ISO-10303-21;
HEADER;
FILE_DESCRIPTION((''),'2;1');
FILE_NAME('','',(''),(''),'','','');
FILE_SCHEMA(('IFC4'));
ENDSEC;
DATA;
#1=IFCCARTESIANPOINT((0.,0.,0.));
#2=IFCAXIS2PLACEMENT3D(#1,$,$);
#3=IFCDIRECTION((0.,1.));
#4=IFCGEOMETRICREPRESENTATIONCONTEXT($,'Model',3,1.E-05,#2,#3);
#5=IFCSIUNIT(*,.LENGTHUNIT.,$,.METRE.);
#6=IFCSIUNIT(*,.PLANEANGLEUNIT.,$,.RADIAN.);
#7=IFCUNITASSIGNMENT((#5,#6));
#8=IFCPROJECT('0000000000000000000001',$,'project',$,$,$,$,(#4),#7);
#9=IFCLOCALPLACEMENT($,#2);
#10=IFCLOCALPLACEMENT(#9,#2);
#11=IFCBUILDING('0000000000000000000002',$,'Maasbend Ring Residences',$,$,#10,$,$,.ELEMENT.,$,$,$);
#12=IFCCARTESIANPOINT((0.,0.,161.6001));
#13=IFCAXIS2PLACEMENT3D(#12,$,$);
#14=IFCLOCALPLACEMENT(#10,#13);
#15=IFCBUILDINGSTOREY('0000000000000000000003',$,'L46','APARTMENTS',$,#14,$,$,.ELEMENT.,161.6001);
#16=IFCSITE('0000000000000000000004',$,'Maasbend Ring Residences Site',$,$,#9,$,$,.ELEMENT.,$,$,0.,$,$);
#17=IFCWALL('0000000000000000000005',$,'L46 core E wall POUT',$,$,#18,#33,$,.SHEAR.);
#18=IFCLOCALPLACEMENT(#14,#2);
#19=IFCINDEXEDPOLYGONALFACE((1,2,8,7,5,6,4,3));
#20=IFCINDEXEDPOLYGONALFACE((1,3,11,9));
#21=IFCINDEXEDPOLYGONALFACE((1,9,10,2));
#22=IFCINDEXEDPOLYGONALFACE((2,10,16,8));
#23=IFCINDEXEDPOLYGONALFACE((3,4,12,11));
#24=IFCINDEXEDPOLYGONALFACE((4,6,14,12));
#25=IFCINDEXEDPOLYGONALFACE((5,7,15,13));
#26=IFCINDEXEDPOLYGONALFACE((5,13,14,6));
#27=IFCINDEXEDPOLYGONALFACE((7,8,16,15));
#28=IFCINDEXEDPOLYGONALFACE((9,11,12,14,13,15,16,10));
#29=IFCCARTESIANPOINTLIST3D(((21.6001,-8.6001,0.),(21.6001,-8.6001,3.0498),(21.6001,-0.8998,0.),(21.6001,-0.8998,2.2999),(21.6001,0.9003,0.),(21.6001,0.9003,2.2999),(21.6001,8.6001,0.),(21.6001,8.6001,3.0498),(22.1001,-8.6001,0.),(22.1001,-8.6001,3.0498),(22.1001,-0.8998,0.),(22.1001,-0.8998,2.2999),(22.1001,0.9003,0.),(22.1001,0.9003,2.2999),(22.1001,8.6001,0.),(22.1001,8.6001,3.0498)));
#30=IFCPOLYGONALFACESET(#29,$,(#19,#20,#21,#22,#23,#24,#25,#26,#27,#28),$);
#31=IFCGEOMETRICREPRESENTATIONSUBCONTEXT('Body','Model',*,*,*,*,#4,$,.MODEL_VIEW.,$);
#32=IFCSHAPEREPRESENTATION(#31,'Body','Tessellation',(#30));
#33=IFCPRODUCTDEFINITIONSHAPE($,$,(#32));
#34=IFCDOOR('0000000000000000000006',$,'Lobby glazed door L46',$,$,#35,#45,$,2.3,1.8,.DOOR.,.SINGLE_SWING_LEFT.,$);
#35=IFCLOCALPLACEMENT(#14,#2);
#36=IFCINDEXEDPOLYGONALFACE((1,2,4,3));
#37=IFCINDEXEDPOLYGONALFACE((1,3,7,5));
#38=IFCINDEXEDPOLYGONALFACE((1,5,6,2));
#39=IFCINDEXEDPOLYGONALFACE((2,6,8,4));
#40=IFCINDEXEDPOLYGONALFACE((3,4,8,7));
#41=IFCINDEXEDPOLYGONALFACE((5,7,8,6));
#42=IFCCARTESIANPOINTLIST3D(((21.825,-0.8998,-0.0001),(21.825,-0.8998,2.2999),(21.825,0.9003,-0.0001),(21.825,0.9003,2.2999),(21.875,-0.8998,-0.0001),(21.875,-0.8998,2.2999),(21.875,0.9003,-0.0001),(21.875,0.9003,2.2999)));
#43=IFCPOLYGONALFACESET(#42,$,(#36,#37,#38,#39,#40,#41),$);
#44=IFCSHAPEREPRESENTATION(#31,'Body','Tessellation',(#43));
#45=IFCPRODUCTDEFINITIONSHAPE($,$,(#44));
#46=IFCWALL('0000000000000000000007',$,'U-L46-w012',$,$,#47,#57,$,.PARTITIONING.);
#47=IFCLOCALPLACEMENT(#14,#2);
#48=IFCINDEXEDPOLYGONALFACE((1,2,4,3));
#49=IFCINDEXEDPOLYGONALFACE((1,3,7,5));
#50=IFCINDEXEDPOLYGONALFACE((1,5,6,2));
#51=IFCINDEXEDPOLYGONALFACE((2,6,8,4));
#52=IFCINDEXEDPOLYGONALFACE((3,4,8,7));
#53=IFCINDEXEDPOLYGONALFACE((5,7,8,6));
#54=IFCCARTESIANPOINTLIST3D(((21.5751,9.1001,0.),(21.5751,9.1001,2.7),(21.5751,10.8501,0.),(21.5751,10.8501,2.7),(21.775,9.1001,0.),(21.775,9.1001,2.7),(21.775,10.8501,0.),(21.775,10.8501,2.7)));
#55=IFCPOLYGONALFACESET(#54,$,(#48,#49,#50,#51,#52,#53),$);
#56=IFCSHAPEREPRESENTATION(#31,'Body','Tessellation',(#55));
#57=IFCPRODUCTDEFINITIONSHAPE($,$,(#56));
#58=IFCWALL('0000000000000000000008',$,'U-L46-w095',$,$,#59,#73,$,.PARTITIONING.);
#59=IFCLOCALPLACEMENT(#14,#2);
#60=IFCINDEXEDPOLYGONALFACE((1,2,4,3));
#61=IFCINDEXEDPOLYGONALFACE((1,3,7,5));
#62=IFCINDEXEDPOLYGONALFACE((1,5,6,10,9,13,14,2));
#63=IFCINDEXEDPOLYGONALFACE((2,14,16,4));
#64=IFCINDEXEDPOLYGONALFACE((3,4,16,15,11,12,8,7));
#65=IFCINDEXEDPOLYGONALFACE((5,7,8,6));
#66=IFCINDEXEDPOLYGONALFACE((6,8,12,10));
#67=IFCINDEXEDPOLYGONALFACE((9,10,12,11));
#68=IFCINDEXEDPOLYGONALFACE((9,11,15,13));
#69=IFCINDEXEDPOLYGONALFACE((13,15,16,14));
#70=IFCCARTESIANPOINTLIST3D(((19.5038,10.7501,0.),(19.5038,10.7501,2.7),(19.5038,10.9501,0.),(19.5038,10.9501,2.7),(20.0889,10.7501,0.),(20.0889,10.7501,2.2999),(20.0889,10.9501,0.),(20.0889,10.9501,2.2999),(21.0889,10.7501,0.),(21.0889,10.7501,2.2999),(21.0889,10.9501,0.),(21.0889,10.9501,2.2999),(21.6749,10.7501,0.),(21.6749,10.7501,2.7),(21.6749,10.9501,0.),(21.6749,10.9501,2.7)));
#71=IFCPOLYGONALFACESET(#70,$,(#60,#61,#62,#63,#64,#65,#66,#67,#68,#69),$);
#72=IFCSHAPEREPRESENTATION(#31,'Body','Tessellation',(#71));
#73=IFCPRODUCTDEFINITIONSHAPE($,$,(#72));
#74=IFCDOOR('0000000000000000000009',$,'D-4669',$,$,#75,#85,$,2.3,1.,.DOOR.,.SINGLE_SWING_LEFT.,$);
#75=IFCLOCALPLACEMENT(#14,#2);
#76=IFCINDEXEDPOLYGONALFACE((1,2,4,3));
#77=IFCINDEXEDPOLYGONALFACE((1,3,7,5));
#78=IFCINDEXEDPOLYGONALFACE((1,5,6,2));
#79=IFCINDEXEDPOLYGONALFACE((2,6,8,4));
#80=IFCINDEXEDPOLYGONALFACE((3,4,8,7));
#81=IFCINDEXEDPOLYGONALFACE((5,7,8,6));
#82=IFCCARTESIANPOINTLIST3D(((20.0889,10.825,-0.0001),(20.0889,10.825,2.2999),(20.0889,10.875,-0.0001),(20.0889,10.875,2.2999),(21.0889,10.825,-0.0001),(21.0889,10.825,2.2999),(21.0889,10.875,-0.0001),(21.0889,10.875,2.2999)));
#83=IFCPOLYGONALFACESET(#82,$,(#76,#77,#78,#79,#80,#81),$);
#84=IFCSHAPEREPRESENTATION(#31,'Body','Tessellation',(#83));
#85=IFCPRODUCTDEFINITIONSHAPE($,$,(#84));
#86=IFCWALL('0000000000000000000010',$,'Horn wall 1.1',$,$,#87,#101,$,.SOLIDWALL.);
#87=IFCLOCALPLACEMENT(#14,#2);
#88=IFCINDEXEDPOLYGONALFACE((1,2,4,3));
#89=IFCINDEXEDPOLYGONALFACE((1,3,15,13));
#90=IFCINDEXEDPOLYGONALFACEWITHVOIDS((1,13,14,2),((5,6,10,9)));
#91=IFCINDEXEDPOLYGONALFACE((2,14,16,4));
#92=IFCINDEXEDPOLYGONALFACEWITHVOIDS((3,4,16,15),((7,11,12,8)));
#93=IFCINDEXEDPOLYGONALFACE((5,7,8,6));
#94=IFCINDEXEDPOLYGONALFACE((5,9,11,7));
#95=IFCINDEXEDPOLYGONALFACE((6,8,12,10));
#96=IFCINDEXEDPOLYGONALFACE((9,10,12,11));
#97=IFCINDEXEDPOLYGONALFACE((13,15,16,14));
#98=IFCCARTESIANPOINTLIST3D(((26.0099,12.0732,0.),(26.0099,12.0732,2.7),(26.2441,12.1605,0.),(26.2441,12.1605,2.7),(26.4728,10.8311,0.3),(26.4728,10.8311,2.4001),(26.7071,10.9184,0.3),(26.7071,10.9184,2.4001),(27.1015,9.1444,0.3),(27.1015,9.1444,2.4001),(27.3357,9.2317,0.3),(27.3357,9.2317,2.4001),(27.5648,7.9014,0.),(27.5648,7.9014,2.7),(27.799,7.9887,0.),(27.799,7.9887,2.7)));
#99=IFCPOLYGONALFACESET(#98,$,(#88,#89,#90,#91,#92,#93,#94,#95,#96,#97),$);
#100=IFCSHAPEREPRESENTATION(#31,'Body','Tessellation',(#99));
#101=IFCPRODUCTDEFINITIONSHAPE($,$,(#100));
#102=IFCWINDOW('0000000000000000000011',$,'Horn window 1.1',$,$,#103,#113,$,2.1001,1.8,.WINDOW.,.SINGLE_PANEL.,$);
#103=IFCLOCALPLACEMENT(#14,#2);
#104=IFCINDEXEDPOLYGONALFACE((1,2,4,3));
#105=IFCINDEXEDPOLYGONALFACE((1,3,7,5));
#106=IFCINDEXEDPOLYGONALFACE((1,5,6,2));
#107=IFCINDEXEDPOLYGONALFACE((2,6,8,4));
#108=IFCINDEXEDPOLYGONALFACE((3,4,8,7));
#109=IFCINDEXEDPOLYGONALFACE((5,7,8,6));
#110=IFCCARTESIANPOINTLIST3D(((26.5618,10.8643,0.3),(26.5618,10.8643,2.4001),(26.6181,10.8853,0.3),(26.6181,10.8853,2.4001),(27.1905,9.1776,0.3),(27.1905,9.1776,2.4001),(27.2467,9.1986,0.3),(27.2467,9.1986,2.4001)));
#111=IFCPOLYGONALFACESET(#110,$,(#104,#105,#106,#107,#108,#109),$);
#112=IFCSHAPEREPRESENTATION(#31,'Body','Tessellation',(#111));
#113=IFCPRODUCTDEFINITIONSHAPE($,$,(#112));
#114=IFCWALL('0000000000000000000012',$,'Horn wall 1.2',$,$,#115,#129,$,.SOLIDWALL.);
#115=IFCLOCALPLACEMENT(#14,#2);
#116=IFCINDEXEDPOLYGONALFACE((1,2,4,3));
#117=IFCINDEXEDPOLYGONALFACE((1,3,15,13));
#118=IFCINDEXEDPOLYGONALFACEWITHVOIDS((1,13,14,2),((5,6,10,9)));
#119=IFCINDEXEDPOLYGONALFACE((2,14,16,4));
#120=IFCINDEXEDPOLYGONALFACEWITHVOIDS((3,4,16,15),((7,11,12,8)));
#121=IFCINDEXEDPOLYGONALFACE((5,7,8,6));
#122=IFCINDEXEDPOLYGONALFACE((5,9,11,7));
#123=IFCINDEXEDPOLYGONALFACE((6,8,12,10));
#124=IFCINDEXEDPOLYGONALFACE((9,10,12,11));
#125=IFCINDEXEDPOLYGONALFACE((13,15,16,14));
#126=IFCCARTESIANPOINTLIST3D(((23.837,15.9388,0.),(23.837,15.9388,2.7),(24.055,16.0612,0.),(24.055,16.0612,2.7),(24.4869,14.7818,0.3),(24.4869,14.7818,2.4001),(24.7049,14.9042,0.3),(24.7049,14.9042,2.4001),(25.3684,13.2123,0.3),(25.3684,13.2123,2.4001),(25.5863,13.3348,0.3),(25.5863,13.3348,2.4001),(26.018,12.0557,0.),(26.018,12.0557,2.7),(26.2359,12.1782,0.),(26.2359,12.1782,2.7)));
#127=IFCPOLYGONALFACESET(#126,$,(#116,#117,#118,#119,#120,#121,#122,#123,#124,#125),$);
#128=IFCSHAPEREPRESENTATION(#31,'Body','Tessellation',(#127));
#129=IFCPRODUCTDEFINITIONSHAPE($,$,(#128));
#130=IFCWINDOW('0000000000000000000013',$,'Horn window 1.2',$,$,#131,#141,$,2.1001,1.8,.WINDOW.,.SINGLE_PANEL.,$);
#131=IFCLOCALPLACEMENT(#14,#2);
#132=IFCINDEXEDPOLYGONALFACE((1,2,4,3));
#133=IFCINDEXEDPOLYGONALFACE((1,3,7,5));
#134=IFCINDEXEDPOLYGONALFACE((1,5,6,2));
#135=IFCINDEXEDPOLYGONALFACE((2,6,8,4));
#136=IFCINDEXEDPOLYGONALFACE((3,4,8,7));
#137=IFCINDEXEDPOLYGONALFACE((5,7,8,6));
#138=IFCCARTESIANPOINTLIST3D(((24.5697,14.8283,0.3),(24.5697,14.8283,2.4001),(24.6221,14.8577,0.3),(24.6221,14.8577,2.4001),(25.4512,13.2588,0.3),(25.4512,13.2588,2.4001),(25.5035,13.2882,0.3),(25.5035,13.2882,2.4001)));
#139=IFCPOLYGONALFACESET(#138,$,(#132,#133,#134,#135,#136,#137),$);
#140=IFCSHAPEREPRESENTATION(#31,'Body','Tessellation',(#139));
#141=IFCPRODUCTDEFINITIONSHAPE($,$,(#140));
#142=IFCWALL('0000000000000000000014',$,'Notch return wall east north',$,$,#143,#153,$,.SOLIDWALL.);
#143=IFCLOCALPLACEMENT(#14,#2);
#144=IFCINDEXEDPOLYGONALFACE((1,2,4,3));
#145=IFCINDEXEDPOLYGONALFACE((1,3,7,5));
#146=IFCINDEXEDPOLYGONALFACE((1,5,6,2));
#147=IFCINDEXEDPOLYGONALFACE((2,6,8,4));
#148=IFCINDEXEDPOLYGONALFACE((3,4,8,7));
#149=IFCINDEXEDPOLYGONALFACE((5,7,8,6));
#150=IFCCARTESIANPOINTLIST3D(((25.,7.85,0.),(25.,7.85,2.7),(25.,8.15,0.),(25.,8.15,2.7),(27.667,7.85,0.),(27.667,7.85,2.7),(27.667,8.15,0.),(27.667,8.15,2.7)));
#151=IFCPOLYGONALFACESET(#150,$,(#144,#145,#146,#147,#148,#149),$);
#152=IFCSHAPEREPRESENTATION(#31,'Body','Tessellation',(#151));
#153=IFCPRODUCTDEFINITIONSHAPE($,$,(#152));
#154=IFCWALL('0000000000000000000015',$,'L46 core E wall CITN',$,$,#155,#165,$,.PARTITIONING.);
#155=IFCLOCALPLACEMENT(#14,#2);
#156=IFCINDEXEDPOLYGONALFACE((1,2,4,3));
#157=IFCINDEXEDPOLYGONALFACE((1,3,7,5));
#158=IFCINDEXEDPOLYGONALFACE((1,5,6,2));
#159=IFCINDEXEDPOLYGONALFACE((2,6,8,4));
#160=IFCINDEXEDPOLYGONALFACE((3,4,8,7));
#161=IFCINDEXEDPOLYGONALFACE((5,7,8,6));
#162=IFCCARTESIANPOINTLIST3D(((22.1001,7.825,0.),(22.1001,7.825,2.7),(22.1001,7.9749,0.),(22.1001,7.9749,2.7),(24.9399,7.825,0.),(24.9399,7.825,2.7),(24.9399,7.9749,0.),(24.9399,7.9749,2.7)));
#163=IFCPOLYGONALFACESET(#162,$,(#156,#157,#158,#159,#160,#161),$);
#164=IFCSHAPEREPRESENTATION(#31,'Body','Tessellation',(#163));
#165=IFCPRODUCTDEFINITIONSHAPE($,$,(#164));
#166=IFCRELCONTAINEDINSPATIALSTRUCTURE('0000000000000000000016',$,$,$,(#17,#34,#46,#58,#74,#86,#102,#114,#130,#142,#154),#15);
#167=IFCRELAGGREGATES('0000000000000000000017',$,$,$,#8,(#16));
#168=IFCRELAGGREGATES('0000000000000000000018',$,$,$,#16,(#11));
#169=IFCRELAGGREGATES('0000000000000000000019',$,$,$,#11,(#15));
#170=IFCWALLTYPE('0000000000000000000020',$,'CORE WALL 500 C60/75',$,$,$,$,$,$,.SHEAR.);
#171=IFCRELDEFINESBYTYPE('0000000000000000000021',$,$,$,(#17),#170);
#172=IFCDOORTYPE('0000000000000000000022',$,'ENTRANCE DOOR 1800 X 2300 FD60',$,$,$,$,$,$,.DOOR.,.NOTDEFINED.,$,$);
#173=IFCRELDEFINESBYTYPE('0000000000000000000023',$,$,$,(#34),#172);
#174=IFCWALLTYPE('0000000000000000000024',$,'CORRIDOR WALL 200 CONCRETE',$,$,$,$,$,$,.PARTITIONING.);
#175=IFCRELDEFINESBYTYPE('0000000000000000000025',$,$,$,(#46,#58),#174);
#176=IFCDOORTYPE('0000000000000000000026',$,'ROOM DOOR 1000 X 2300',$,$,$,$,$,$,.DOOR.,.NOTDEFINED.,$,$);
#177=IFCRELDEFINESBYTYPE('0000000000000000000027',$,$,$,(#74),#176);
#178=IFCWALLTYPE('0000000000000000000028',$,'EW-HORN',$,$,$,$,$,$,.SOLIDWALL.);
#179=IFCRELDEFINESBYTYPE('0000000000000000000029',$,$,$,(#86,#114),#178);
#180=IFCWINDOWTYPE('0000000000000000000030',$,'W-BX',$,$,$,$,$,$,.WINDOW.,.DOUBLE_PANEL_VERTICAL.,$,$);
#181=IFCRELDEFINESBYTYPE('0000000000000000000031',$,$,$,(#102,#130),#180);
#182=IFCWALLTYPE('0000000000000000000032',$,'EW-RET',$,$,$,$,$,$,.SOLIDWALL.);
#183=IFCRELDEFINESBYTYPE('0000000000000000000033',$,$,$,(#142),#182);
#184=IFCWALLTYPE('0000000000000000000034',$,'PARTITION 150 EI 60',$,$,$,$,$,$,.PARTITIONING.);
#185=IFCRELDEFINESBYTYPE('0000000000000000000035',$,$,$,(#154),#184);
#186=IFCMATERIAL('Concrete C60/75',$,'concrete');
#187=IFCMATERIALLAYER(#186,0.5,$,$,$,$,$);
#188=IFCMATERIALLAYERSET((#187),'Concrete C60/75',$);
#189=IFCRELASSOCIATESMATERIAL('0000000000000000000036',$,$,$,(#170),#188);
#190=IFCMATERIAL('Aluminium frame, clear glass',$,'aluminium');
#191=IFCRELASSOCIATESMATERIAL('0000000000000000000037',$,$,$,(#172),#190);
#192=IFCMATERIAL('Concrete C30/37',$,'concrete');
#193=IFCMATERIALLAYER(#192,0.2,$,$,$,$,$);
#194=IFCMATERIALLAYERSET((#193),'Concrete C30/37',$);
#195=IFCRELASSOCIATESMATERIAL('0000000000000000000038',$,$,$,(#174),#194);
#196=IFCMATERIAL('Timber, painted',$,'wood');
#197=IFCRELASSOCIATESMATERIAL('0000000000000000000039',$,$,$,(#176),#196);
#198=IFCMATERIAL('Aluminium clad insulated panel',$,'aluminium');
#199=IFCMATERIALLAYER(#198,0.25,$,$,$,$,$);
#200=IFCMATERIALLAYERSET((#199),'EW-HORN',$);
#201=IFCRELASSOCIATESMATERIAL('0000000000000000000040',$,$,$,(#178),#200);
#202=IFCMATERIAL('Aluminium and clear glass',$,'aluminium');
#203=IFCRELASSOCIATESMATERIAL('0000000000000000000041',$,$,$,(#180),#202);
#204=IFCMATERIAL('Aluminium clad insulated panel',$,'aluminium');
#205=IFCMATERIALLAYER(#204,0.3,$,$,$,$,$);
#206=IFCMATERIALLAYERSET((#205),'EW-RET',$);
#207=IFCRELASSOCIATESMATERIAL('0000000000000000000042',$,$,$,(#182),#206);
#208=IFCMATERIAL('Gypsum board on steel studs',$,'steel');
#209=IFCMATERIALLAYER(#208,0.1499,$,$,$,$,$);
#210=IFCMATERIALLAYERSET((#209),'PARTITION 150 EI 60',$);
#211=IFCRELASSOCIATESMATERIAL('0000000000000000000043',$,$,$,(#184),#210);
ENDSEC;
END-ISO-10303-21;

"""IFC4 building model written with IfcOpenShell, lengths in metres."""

from ifc_helpers import new_model, si_unit, direction, frame, frame_2d, origin, place, context, subcontext, project, spatial, rectangle, extrude, material, layer, layer_set, type_object, element, fill, save


model = new_model("IFC4")

# Units and contexts
model_context = context("Model", 3, precision=1e-05, world=origin(), true_north=direction((0.0, 1.0)))
body_context = subcontext(model_context, "Body", "Model", "MODEL_VIEW")
ifc_project = project(units=[si_unit("LENGTHUNIT", "METRE"), si_unit("PLANEANGLEUNIT", "RADIAN")], contexts=[model_context])

# Site, building, storey
site_placement = place(None, origin())
site = spatial("IfcSite", under=ifc_project, at=site_placement, Name="Maasbend Ring Residences Site", CompositionType="ELEMENT", RefElevation=0.0)
building_placement = place(site_placement, origin())
building = spatial("IfcBuilding", under=site, at=building_placement, Name="Maasbend Ring Residences", CompositionType="ELEMENT")
storey_placement = place(building_placement, frame((0.0, 0.0, 161.6001)))
storey = spatial("IfcBuildingStorey", under=building, at=storey_placement, Name="L46", Description="APARTMENTS", CompositionType="ELEMENT", Elevation=161.6001)

# Wall, opening, door
ifc_material_1 = material(Name="Concrete C60/75", Category="concrete")
ifc_layer_1 = layer(ifc_material_1, 0.5)
ifc_layer_set_1 = layer_set([ifc_layer_1], Name="Concrete C60/75")
wall_type_1 = type_object("IfcWallType", Name="CORE WALL 500 C60/75", PredefinedType="SHEAR", material=ifc_layer_set_1)
wall_1_placement = place(storey_placement, frame((21.8501, 8.6001, 0.0), z_axis=(0.0, 0.0, 1.0), x_axis=(0.0, -1.0, 0.0)))
wall_1 = element("IfcWall", 1, at=wall_1_placement, inside=storey, type_object=wall_type_1, Name="L46 core E wall POUT", PredefinedType="SHEAR", context=body_context, shape_type="SweptSolid", body=[
    extrude(rectangle(XDim=17.2002, YDim=0.5, at=frame_2d((8.6001, 0.0))), origin(), (0.0, 0.0, 1.0), 3.0498),
])
opening_1_placement = place(wall_1_placement, frame((7.7, 0.0, 0.0)))
opening_1 = element("IfcOpeningElement", 2, at=opening_1_placement, cuts=wall_1, PredefinedType="OPENING", context=body_context, shape_type="SweptSolid", body=[
    extrude(rectangle(XDim=1.8, YDim=2.3, at=frame_2d((0.8999, 1.1499))), frame((0.0, 0.26, 0.0), z_axis=(0.0, -1.0, 0.0), x_axis=(1.0, 0.0, 0.0)), (0.0, 0.0, 1.0), 0.52),
])
ifc_material_2 = material(Name="Aluminium frame, clear glass", Category="aluminium")
door_type_1 = type_object("IfcDoorType", Name="ENTRANCE DOOR 1800 X 2300 FD60", OperationType="NOTDEFINED", PredefinedType="DOOR", material=ifc_material_2)
door_1_placement = place(opening_1_placement, origin())
door_1 = element("IfcDoor", 3, at=door_1_placement, inside=storey, type_object=door_type_1, Name="Lobby glazed door L46", OperationType="SINGLE_SWING_LEFT", OverallHeight=2.3, OverallWidth=1.8, PredefinedType="DOOR", context=body_context, shape_type="SweptSolid", body=[
    extrude(rectangle(XDim=1.8, YDim=2.3, at=frame_2d((0.8999, 1.1499))), frame((0.0, 0.0249, 0.0), z_axis=(0.0, -1.0, 0.0), x_axis=(1.0, 0.0, 0.0)), (0.0, 0.0, 1.0), 0.05),
])
fill(opening_1, door_1)

# Wall
ifc_material_3 = material(Name="Concrete C30/37", Category="concrete")
ifc_layer_2 = layer(ifc_material_3, 0.2)
ifc_layer_set_2 = layer_set([ifc_layer_2], Name="Concrete C30/37")
wall_type_2 = type_object("IfcWallType", Name="CORRIDOR WALL 200 CONCRETE", PredefinedType="PARTITIONING", material=ifc_layer_set_2)
wall_2_placement = place(storey_placement, frame((21.675, 9.1001, 0.0), z_axis=(0.0, 0.0, 1.0), x_axis=(0.0, 1.0, 0.0)))
element("IfcWall", 4, at=wall_2_placement, inside=storey, type_object=wall_type_2, Name="U-L46-w012", PredefinedType="PARTITIONING", context=body_context, shape_type="SweptSolid", body=[
    extrude(rectangle(XDim=1.75, YDim=0.2, at=frame_2d((0.875, 0.0))), origin(), (0.0, 0.0, 1.0), 2.7),
])

# Wall, opening, door
wall_3_placement = place(storey_placement, frame((19.5039, 10.8501, 0.0), z_axis=(0.0, 0.0, 1.0), x_axis=(1.0, 0.0, 0.0)))
wall_3 = element("IfcWall", 5, at=wall_3_placement, inside=storey, type_object=wall_type_2, Name="U-L46-w095", PredefinedType="PARTITIONING", context=body_context, shape_type="SweptSolid", body=[
    extrude(rectangle(XDim=2.1711, YDim=0.2, at=frame_2d((1.0854, 0.0))), origin(), (0.0, 0.0, 1.0), 2.7),
])
opening_2_placement = place(wall_3_placement, frame((0.585, 0.0, 0.0)))
opening_2 = element("IfcOpeningElement", 6, at=opening_2_placement, cuts=wall_3, PredefinedType="OPENING", context=body_context, shape_type="SweptSolid", body=[
    extrude(rectangle(XDim=1.0, YDim=2.3, at=frame_2d((0.5, 1.1499))), frame((0.0, 0.1099, 0.0), z_axis=(0.0, -1.0, 0.0), x_axis=(1.0, 0.0, 0.0)), (0.0, 0.0, 1.0), 0.22),
])
ifc_material_4 = material(Name="Timber, painted", Category="wood")
door_type_2 = type_object("IfcDoorType", Name="ROOM DOOR 1000 X 2300", OperationType="NOTDEFINED", PredefinedType="DOOR", material=ifc_material_4)
door_2_placement = place(opening_2_placement, origin())
door_2 = element("IfcDoor", 7, at=door_2_placement, inside=storey, type_object=door_type_2, Name="D-4669", OperationType="SINGLE_SWING_LEFT", OverallHeight=2.3, OverallWidth=1.0, PredefinedType="DOOR", context=body_context, shape_type="SweptSolid", body=[
    extrude(rectangle(XDim=1.0, YDim=2.3, at=frame_2d((0.5, 1.1499))), frame((0.0, 0.0249, 0.0), z_axis=(0.0, -1.0, 0.0), x_axis=(1.0, 0.0, 0.0)), (0.0, 0.0, 1.0), 0.05),
])
fill(opening_2, door_2)

# Walls, openings, windows
ifc_material_5 = material(Name="Aluminium clad insulated panel", Category="aluminium")
ifc_layer_3 = layer(ifc_material_5, 0.25)
ifc_layer_set_3 = layer_set([ifc_layer_3], Name="EW-HORN")
wall_type_3 = type_object("IfcWallType", Name="EW-HORN", PredefinedType="SOLIDWALL", material=ifc_layer_set_3)
wall_4_placement = place(storey_placement, frame((27.6819, 7.9451, 0.0), z_axis=(0.0, 0.0, 1.0), x_axis=(-0.349248, 0.93703, 0.0)))
wall_4 = element("IfcWall", 8, at=wall_4_placement, inside=storey, type_object=wall_type_3, Name="Horn wall 1.1", PredefinedType="SOLIDWALL", context=body_context, shape_type="SweptSolid", body=[
    extrude(rectangle(XDim=4.4521, YDim=0.25, at=frame_2d((2.2261, 0.0))), origin(), (0.0, 0.0, 1.0), 2.7),
])
opening_3_placement = place(wall_4_placement, frame((1.3267, 0.0, 0.3)))
opening_3 = element("IfcOpeningElement", 9, at=opening_3_placement, cuts=wall_4, PredefinedType="OPENING", context=body_context, shape_type="SweptSolid", body=[
    extrude(rectangle(XDim=1.8, YDim=2.1001, at=frame_2d((0.8999, 1.05))), frame((0.0, 0.135, 0.0), z_axis=(0.0, -1.0, 0.0), x_axis=(1.0, 0.0, 0.0)), (0.0, 0.0, 1.0), 0.27),
])
ifc_material_6 = material(Name="Aluminium and clear glass", Category="aluminium")
window_type = type_object("IfcWindowType", Name="W-BX", PartitioningType="DOUBLE_PANEL_VERTICAL", PredefinedType="WINDOW", material=ifc_material_6)
window_1_placement = place(opening_3_placement, origin())
window_1 = element("IfcWindow", 10, at=window_1_placement, inside=storey, type_object=window_type, Name="Horn window 1.1", OverallHeight=2.1001, OverallWidth=1.8, PartitioningType="SINGLE_PANEL", PredefinedType="WINDOW", context=body_context, shape_type="SweptSolid", body=[
    extrude(rectangle(XDim=1.8, YDim=2.1001, at=frame_2d((0.8999, 1.05))), frame((0.0, 0.03, 0.0), z_axis=(0.0, -1.0, 0.0), x_axis=(1.0, 0.0, 0.0)), (0.0, 0.0, 1.0), 0.0601),
])
fill(opening_3, window_1)
wall_5_placement = place(storey_placement, frame((26.127, 12.1169, 0.0), z_axis=(0.0, 0.0, 1.0), x_axis=(-0.489696, 0.871893, 0.0)))
wall_5 = element("IfcWall", 11, at=wall_5_placement, inside=storey, type_object=wall_type_3, Name="Horn wall 1.2", PredefinedType="SOLIDWALL", context=body_context, shape_type="SweptSolid", body=[
    extrude(rectangle(XDim=4.4536, YDim=0.25, at=frame_2d((2.2268, 0.0))), origin(), (0.0, 0.0, 1.0), 2.7),
])
opening_4_placement = place(wall_5_placement, frame((1.3267, 0.0, 0.3)))
opening_4 = element("IfcOpeningElement", 12, at=opening_4_placement, cuts=wall_5, PredefinedType="OPENING", context=body_context, shape_type="SweptSolid", body=[
    extrude(rectangle(XDim=1.8, YDim=2.1001, at=frame_2d((0.8999, 1.05))), frame((0.0, 0.135, 0.0), z_axis=(0.0, -1.0, 0.0), x_axis=(1.0, 0.0, 0.0)), (0.0, 0.0, 1.0), 0.27),
])
window_2_placement = place(opening_4_placement, origin())
window_2 = element("IfcWindow", 13, at=window_2_placement, inside=storey, type_object=window_type, Name="Horn window 1.2", OverallHeight=2.1001, OverallWidth=1.8, PartitioningType="SINGLE_PANEL", PredefinedType="WINDOW", context=body_context, shape_type="SweptSolid", body=[
    extrude(rectangle(XDim=1.8, YDim=2.1001, at=frame_2d((0.8999, 1.05))), frame((0.0, 0.03, 0.0), z_axis=(0.0, -1.0, 0.0), x_axis=(1.0, 0.0, 0.0)), (0.0, 0.0, 1.0), 0.0601),
])
fill(opening_4, window_2)

# Walls
ifc_material_7 = material(Name="Aluminium clad insulated panel", Category="aluminium")
ifc_layer_4 = layer(ifc_material_7, 0.3)
ifc_layer_set_4 = layer_set([ifc_layer_4], Name="EW-RET")
wall_type_4 = type_object("IfcWallType", Name="EW-RET", PredefinedType="SOLIDWALL", material=ifc_layer_set_4)
wall_6_placement = place(storey_placement, frame((25.0, 8.0, 0.0), z_axis=(0.0, 0.0, 1.0), x_axis=(1.0, 0.0, 0.0)))
element("IfcWall", 14, at=wall_6_placement, inside=storey, type_object=wall_type_4, Name="Notch return wall east north", PredefinedType="SOLIDWALL", context=body_context, shape_type="SweptSolid", body=[
    extrude(rectangle(XDim=2.667, YDim=0.3, at=frame_2d((1.3335, 0.0))), origin(), (0.0, 0.0, 1.0), 2.7),
])
ifc_material_8 = material(Name="Gypsum board on steel studs", Category="steel")
ifc_layer_5 = layer(ifc_material_8, 0.1499)
ifc_layer_set_5 = layer_set([ifc_layer_5], Name="PARTITION 150 EI 60")
wall_type_5 = type_object("IfcWallType", Name="PARTITION 150 EI 60", PredefinedType="PARTITIONING", material=ifc_layer_set_5)
wall_7_placement = place(storey_placement, frame((22.1001, 7.8999, 0.0), z_axis=(0.0, 0.0, 1.0), x_axis=(1.0, 0.0, 0.0)))
element("IfcWall", 15, at=wall_7_placement, inside=storey, type_object=wall_type_5, Name="L46 core E wall CITN", PredefinedType="PARTITIONING", context=body_context, shape_type="SweptSolid", body=[
    extrude(rectangle(XDim=2.8398, YDim=0.1499, at=frame_2d((1.4199, 0.0))), origin(), (0.0, 0.0, 1.0), 2.7),
])

save(model, "model.ifc")
